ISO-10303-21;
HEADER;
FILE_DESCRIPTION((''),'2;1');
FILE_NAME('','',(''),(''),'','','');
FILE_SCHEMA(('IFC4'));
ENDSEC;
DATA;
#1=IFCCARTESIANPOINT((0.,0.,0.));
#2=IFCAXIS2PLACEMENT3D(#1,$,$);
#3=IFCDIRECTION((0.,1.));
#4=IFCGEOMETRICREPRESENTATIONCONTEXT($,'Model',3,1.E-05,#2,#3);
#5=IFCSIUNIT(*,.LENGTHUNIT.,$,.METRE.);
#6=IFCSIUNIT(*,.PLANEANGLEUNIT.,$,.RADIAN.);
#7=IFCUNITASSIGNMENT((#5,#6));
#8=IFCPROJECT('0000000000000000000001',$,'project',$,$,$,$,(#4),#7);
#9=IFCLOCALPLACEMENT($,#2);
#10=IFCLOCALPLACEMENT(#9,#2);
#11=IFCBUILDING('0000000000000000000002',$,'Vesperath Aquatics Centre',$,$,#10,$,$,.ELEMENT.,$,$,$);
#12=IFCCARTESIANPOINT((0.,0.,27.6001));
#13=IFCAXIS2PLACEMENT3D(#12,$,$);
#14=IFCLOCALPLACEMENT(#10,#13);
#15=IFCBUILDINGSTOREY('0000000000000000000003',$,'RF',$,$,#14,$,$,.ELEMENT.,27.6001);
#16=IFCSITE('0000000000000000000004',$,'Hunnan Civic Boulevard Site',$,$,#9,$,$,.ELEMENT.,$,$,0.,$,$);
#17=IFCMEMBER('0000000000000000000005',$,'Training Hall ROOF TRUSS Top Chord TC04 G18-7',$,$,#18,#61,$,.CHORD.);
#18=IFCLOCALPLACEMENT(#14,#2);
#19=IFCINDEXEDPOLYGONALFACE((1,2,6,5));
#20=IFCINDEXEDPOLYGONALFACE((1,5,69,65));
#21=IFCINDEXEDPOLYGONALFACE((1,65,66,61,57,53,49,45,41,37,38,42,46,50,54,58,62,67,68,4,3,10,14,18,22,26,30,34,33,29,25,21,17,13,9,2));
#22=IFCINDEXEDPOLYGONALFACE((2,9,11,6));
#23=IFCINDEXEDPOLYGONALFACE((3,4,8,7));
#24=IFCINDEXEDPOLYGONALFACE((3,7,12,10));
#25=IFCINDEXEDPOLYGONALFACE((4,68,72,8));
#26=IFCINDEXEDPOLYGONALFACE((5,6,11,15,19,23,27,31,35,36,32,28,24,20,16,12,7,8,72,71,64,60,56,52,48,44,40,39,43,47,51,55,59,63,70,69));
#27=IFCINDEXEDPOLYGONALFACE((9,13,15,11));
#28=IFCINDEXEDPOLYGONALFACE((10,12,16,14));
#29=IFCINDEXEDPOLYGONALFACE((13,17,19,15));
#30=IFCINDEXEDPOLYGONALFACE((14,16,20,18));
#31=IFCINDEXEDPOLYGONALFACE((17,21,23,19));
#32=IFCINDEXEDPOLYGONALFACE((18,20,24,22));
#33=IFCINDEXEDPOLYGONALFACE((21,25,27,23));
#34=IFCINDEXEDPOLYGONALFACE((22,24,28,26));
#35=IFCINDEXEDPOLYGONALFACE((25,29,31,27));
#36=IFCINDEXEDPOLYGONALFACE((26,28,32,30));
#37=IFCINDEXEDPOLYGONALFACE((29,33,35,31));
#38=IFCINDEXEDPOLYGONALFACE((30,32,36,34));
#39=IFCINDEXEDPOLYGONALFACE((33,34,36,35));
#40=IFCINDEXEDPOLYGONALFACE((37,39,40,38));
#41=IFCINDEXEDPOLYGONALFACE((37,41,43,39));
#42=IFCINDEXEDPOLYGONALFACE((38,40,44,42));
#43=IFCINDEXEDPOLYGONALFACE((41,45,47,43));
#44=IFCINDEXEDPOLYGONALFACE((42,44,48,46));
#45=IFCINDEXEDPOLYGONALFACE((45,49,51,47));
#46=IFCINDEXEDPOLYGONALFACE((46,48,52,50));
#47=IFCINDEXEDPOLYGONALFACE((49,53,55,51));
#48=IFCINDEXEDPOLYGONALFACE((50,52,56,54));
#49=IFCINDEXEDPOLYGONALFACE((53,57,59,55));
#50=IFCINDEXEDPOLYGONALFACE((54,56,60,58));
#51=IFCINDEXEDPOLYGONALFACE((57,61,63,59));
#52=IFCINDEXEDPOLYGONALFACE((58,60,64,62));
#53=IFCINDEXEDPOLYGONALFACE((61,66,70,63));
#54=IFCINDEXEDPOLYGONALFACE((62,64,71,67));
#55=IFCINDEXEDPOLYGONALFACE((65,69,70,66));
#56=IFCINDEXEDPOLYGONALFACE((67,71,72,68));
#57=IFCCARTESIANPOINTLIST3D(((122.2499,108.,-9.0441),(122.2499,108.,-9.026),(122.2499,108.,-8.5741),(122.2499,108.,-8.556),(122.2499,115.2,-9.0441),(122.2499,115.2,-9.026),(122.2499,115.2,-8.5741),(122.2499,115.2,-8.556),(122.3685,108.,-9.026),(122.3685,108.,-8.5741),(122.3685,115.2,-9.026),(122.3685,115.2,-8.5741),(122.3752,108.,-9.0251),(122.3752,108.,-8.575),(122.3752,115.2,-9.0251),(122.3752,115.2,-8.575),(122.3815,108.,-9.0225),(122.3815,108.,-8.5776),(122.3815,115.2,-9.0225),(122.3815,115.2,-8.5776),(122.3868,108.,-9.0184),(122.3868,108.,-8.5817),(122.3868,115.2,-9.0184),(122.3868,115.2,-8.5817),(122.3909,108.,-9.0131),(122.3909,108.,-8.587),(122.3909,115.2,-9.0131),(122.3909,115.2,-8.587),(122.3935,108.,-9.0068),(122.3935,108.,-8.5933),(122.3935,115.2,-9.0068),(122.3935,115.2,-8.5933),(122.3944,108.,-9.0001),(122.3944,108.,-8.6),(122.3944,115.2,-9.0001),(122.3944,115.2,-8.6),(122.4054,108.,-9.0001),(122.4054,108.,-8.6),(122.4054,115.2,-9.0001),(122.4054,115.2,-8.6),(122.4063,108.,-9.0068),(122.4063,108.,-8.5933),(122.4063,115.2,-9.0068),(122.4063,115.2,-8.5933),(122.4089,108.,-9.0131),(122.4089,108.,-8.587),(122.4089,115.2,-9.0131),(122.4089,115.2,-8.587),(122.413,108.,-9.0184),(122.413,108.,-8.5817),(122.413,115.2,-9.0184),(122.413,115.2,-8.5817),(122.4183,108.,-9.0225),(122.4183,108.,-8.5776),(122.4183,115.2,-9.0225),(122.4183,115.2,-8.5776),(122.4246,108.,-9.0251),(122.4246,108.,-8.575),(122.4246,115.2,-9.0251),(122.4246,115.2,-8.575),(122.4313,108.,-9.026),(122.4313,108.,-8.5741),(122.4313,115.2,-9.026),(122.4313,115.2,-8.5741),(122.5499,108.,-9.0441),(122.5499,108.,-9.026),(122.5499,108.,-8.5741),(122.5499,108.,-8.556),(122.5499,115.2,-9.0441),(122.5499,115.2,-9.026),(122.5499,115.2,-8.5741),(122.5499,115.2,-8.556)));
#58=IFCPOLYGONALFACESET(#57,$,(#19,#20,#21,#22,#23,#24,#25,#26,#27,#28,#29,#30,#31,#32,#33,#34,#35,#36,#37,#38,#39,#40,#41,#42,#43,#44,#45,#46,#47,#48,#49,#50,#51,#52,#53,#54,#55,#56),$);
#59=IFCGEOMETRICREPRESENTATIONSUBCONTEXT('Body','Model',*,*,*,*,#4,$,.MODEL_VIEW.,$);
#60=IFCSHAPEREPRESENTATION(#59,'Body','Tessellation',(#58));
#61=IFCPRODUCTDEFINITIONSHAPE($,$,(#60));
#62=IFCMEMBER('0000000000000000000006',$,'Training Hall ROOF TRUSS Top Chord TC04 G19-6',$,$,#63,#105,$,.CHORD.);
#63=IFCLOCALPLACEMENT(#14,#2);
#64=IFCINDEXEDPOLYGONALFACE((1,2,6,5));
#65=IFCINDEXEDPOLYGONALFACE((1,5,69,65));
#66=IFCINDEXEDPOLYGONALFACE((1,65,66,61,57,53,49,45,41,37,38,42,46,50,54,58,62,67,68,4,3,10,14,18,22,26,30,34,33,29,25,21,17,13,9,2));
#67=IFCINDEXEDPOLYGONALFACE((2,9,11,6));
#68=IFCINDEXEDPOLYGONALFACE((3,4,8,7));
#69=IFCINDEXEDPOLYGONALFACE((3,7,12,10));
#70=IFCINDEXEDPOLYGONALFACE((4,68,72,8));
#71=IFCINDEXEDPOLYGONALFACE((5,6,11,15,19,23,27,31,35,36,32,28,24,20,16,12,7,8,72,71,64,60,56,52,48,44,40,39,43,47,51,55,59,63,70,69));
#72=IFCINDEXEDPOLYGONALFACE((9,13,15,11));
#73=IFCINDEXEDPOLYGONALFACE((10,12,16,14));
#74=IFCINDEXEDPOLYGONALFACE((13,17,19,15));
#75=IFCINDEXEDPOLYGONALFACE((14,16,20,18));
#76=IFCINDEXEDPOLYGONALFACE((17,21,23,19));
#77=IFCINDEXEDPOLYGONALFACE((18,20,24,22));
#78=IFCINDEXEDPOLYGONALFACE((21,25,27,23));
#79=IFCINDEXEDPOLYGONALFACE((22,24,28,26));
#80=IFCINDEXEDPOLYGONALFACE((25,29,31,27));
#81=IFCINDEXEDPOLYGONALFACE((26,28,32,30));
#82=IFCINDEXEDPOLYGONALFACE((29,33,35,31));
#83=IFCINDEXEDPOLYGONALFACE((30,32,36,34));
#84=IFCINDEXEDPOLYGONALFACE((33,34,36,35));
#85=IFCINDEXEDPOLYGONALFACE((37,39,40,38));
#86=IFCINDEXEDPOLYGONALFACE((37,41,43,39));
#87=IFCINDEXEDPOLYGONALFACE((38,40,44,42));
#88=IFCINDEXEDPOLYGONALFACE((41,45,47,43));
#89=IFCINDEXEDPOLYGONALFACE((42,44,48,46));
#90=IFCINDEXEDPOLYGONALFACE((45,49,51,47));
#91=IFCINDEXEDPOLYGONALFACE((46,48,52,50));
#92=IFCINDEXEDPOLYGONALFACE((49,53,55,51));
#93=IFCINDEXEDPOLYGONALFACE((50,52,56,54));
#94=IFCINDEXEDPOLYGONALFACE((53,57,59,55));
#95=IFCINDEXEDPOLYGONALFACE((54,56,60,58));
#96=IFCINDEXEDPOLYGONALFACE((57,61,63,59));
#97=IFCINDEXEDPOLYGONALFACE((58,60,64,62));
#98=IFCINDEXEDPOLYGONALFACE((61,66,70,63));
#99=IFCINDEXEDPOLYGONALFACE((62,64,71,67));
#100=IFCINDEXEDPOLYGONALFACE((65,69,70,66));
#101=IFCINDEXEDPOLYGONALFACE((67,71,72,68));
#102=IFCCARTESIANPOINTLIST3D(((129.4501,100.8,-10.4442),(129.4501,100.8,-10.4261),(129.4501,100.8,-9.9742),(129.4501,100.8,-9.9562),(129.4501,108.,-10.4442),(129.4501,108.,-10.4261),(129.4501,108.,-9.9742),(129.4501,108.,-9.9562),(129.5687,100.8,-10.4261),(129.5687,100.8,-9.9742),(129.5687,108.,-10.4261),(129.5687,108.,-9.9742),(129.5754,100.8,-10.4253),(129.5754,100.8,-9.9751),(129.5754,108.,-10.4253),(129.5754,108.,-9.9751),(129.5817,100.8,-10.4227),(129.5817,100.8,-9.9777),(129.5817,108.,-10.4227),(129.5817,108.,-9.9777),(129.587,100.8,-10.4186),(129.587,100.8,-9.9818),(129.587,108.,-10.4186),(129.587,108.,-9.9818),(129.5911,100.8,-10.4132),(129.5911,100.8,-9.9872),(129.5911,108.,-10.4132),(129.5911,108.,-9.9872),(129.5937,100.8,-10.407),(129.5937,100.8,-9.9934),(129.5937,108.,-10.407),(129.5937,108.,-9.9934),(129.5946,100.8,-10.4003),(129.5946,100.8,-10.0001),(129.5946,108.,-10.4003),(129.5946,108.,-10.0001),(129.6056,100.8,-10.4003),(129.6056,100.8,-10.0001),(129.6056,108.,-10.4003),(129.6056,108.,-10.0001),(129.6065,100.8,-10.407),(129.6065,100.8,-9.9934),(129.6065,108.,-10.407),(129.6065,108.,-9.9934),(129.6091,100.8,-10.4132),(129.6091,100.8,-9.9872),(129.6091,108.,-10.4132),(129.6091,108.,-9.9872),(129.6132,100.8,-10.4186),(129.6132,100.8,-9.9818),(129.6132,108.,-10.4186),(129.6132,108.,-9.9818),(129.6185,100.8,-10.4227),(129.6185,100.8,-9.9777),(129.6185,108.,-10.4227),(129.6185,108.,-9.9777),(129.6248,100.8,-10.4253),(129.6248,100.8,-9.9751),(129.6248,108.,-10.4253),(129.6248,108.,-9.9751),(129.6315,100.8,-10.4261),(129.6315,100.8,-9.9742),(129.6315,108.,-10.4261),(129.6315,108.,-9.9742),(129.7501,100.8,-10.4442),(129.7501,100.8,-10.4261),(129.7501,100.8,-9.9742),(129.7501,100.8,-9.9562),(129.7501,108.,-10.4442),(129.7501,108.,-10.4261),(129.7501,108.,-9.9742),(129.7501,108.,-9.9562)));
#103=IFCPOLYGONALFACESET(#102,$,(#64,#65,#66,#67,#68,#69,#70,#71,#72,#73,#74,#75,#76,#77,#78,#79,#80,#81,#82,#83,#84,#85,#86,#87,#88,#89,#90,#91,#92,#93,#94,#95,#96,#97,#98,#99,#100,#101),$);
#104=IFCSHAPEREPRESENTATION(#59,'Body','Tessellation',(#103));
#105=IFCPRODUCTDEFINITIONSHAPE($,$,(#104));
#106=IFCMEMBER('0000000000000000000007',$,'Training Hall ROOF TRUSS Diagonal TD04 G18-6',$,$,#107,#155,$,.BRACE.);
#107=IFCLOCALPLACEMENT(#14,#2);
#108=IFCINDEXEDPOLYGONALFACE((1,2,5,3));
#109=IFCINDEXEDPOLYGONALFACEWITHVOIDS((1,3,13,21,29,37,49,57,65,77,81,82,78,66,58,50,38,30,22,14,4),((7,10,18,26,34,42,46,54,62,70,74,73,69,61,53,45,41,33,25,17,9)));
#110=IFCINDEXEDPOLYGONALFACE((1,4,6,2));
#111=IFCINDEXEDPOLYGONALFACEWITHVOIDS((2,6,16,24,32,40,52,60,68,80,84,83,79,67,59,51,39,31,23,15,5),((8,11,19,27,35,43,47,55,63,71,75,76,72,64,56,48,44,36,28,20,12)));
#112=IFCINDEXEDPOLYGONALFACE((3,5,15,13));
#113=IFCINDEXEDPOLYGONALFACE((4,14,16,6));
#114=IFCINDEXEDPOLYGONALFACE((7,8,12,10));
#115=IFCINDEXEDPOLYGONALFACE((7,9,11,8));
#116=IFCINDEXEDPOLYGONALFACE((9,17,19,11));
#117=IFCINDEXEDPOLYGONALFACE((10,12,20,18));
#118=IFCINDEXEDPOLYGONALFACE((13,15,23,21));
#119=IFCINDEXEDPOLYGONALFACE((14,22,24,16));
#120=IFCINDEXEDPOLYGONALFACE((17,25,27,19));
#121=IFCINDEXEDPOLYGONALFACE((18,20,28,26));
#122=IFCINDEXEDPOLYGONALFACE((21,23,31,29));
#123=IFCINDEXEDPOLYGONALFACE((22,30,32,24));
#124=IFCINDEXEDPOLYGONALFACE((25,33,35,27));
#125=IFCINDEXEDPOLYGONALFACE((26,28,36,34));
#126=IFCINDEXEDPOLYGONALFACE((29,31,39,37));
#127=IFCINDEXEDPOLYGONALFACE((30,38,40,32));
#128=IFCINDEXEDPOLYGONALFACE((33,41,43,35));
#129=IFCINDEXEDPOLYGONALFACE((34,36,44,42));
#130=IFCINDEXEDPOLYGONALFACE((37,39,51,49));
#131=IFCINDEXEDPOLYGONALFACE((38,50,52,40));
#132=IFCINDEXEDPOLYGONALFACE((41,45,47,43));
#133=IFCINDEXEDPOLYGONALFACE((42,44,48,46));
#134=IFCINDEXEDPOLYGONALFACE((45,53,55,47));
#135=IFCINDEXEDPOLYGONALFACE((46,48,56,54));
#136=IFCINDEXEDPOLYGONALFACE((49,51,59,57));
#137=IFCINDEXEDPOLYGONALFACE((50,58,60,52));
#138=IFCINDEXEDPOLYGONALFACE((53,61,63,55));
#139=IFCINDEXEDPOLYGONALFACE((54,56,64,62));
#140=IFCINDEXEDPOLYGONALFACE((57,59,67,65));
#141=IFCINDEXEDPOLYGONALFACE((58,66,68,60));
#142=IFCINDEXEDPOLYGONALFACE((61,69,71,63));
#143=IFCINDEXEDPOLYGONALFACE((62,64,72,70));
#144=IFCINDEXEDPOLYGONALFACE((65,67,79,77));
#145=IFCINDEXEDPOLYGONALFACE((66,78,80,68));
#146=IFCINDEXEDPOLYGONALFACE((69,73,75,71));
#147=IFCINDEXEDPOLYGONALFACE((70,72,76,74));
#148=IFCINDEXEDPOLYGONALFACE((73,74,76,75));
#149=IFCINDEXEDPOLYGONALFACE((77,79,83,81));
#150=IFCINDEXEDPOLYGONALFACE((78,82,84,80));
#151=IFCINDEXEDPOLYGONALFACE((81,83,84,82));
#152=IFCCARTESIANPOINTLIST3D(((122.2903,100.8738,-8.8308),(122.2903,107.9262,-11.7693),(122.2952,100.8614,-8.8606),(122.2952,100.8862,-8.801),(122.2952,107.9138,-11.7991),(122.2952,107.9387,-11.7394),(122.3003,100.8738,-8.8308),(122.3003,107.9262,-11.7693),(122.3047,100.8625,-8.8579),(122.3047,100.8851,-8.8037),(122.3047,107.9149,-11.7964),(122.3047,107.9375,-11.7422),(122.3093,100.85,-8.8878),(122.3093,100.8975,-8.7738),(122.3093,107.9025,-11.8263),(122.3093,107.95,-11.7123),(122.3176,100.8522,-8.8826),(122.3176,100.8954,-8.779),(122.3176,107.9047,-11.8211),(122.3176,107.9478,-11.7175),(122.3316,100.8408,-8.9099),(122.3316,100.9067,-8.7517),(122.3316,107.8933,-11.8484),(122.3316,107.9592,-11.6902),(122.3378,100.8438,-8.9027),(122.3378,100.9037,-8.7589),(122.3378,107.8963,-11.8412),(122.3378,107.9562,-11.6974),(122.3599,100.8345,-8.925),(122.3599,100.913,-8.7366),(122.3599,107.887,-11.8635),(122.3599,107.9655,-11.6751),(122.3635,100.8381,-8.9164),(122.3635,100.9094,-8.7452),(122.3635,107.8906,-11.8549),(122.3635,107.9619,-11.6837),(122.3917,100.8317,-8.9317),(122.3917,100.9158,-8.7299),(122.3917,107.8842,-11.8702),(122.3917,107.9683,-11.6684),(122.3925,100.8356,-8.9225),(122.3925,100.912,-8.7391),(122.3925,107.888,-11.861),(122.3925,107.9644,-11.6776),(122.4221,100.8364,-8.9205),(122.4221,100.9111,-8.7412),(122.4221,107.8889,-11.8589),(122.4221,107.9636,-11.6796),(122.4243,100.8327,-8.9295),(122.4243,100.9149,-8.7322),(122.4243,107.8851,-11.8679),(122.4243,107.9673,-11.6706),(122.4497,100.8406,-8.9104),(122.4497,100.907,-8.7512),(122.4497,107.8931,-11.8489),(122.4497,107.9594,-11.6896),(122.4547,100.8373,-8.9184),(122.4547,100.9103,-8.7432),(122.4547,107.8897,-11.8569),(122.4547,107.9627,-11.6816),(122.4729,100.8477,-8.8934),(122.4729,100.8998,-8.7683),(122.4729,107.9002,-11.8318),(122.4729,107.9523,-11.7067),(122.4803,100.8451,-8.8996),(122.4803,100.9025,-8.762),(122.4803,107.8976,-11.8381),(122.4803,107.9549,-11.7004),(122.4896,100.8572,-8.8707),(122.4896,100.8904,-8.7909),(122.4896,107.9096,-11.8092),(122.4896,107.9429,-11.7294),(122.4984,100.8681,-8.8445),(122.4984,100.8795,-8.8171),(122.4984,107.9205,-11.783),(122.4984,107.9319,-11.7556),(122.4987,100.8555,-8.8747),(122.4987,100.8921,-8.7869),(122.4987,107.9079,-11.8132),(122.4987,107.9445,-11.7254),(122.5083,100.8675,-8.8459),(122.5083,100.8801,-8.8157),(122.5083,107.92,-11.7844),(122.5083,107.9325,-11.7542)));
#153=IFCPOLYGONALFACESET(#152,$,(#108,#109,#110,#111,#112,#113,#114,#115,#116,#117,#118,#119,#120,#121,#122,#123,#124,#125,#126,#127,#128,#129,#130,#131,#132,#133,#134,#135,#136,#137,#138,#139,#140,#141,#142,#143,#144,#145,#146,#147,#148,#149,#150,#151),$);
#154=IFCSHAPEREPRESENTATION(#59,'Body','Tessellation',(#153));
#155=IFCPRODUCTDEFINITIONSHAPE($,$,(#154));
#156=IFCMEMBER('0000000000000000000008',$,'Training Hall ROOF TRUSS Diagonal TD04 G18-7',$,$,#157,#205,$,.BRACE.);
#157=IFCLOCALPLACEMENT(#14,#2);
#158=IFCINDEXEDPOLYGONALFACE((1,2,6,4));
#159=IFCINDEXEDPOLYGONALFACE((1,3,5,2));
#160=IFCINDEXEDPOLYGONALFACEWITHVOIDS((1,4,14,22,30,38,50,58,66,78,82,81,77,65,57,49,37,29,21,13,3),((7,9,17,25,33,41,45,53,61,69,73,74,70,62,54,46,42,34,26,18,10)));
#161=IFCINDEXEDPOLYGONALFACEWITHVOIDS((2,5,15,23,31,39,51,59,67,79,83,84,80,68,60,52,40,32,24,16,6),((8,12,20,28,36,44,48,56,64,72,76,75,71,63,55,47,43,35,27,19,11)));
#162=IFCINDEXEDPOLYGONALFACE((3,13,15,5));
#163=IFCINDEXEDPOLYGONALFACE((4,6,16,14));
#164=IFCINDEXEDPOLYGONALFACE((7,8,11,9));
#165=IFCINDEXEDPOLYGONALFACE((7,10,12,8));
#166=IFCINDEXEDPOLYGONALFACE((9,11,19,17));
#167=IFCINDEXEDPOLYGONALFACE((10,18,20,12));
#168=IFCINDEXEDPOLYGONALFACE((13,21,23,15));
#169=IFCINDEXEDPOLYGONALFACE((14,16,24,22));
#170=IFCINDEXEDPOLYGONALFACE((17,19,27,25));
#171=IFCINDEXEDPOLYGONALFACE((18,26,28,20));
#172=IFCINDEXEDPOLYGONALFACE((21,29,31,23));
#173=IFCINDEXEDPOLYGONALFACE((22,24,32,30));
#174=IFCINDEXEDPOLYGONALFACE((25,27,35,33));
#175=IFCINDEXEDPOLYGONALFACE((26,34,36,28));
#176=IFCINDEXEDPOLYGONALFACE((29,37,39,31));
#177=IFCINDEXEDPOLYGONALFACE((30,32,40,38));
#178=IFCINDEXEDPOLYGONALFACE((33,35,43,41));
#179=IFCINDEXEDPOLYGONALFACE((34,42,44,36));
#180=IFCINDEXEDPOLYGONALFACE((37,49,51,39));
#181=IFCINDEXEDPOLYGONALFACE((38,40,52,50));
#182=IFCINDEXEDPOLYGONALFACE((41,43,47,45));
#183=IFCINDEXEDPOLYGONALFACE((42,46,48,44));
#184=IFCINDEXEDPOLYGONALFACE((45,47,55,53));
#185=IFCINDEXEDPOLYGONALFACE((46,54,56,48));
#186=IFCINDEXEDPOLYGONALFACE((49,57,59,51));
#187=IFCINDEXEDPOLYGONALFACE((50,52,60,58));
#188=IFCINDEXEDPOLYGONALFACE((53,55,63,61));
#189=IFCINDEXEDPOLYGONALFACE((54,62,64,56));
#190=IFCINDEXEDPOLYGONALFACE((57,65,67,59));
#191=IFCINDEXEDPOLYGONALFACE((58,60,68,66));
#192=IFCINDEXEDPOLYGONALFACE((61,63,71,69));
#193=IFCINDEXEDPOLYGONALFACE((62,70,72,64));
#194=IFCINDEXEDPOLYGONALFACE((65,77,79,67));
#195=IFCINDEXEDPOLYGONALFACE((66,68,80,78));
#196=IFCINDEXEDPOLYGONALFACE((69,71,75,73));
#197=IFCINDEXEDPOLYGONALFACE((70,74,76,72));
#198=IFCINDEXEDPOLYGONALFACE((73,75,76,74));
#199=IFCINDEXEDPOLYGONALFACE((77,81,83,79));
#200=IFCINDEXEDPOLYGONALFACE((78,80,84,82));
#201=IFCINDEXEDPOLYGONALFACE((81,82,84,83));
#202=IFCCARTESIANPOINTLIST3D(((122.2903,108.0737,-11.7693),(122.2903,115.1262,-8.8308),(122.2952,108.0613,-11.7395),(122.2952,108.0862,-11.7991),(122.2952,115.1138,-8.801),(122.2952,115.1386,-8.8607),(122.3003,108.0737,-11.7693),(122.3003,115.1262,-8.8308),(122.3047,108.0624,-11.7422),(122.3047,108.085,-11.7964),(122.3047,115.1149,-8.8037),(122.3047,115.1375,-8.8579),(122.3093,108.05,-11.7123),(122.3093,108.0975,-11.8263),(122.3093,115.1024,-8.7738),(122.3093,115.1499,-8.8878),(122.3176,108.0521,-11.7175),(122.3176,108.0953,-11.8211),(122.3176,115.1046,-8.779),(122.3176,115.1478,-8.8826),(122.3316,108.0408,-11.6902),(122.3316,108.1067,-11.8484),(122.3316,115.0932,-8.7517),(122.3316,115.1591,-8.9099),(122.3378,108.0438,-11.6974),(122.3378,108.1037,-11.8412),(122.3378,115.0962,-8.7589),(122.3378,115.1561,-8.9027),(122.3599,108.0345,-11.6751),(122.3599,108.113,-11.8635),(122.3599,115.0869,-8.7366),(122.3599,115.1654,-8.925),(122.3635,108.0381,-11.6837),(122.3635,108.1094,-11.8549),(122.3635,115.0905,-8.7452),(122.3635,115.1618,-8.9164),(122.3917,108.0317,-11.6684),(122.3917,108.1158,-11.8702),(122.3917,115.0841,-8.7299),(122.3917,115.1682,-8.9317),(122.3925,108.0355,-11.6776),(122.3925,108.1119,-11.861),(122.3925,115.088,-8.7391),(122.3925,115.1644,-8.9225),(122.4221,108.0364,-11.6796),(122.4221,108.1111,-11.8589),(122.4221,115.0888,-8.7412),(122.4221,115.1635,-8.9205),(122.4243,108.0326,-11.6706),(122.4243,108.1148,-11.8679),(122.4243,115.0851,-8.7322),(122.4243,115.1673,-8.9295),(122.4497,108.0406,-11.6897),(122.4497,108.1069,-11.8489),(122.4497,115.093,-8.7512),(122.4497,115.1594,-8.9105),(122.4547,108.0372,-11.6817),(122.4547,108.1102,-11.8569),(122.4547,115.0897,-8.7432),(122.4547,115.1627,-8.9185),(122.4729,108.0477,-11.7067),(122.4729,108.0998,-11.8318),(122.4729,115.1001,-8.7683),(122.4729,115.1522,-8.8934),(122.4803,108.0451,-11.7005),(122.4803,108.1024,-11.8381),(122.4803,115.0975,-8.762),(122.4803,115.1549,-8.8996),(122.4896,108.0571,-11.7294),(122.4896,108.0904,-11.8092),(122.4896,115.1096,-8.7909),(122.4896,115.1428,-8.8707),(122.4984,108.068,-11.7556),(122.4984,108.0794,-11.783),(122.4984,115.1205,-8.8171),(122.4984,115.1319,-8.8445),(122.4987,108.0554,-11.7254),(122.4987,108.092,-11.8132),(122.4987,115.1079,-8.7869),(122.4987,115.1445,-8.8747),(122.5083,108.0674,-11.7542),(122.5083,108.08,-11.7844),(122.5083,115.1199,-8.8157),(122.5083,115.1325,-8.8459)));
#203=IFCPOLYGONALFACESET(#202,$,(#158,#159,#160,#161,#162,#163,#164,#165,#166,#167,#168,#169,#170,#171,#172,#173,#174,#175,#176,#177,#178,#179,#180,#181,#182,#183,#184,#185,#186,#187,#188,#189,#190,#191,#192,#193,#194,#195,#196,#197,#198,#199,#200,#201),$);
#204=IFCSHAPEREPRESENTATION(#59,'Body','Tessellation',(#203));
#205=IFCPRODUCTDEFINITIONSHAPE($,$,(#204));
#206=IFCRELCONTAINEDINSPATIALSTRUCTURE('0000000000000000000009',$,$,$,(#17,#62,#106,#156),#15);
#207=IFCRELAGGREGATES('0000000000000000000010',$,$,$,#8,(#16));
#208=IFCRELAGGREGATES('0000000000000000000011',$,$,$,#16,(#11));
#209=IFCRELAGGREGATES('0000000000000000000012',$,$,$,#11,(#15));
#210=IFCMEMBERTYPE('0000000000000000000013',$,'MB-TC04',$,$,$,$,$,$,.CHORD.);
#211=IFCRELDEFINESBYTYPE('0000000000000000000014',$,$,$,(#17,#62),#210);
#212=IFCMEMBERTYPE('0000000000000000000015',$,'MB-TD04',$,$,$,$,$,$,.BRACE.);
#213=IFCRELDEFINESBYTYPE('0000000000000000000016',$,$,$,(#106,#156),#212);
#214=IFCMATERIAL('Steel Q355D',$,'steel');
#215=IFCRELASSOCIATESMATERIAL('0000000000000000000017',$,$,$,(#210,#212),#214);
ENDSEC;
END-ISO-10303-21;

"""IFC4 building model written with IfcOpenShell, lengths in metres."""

from ifc_helpers import new_model, si_unit, direction, frame, origin, origin_2d, place, context, subcontext, project, spatial, hollow_circle, i_section, extrude, material, material_profile, profile_set, type_object, element, save


model = new_model("IFC4")

# Units and contexts
model_context = context("Model", 3, precision=1e-05, world=origin(), true_north=direction((0.0, 1.0)))
body_context = subcontext(model_context, "Body", "Model", "MODEL_VIEW")
ifc_project = project(units=[si_unit("LENGTHUNIT", "METRE"), si_unit("PLANEANGLEUNIT", "RADIAN")], contexts=[model_context])

# Site, building, storey
site_placement = place(None, origin())
site = spatial("IfcSite", under=ifc_project, at=site_placement, Name="Hunnan Civic Boulevard Site", CompositionType="ELEMENT", RefElevation=0.0)
building_placement = place(site_placement, origin())
building = spatial("IfcBuilding", under=site, at=building_placement, Name="Vesperath Aquatics Centre", CompositionType="ELEMENT")
storey_placement = place(building_placement, frame((0.0, 0.0, 27.6001)))
storey = spatial("IfcBuildingStorey", under=building, at=storey_placement, Name="RF", CompositionType="ELEMENT", Elevation=27.6001)

# Members
ifc_material_1 = material(Name="Steel Q355D", Category="steel")
ifc_material_profile_1 = material_profile(ifc_material_1, i_section(OverallWidth=0.3, OverallDepth=0.488, WebThickness=0.011, FlangeThickness=0.0181, FilletRadius=0.0259, at=origin_2d()), Name="HM 488x300x11x18")
ifc_profile_set_1 = profile_set([ifc_material_profile_1], Name="Steel Q355D")
member_type_1 = type_object("IfcMemberType", Name="MB-TC04", PredefinedType="CHORD", material=ifc_profile_set_1)
for number, where, z_axis, x_axis, name in (
    (1, (122.3999, 108.0, -8.8), (0.0, 1.0, 0.0), (-1.0, 0.0, 0.0), "Training Hall ROOF TRUSS Top Chord TC04 G18-7"),
    (2, (129.6001, 100.8, -10.2002), (0.0, 1.0, 0.0), (-1.0, 0.0, 0.0), "Training Hall ROOF TRUSS Top Chord TC04 G19-6"),
):
    element("IfcMember", number, at=place(storey_placement, frame(where, z_axis=z_axis, x_axis=x_axis)), inside=storey, type_object=member_type_1, Name=name, PredefinedType="CHORD", context=body_context, shape_type="SweptSolid", body=[
        extrude(i_section(OverallWidth=0.3, OverallDepth=0.488, WebThickness=0.011, FlangeThickness=0.0181, FilletRadius=0.0259, at=origin_2d()), origin(), (0.0, 0.0, 1.0), 7.2),
    ])
ifc_material_profile_2 = material_profile(ifc_material_1, hollow_circle(Radius=0.1096, WallThickness=0.01, at=origin_2d()), Name="CHS 219.1x10")
ifc_profile_set_2 = profile_set([ifc_material_profile_2], Name="Steel Q355D")
member_type_2 = type_object("IfcMemberType", Name="MB-TD04", PredefinedType="BRACE", material=ifc_profile_set_2)
for number, where, z_axis, x_axis, name in (
    (3, (122.3999, 100.8738, -8.8308), (0.0, 0.92308, -0.384609), (-1.0, 0.0, 0.0), "Training Hall ROOF TRUSS Diagonal TD04 G18-6"),
    (4, (122.3999, 108.0737, -11.7693), (0.0, 0.92308, 0.384609), (-1.0, 0.0, 0.0), "Training Hall ROOF TRUSS Diagonal TD04 G18-7"),
):
    element("IfcMember", number, at=place(storey_placement, frame(where, z_axis=z_axis, x_axis=x_axis)), inside=storey, type_object=member_type_2, Name=name, PredefinedType="BRACE", context=body_context, shape_type="SweptSolid", body=[
        extrude(hollow_circle(Radius=0.1096, WallThickness=0.01, at=origin_2d()), origin(), (0.0, 0.0, 1.0), 7.6401),
    ])

save(model, "model.ifc")
